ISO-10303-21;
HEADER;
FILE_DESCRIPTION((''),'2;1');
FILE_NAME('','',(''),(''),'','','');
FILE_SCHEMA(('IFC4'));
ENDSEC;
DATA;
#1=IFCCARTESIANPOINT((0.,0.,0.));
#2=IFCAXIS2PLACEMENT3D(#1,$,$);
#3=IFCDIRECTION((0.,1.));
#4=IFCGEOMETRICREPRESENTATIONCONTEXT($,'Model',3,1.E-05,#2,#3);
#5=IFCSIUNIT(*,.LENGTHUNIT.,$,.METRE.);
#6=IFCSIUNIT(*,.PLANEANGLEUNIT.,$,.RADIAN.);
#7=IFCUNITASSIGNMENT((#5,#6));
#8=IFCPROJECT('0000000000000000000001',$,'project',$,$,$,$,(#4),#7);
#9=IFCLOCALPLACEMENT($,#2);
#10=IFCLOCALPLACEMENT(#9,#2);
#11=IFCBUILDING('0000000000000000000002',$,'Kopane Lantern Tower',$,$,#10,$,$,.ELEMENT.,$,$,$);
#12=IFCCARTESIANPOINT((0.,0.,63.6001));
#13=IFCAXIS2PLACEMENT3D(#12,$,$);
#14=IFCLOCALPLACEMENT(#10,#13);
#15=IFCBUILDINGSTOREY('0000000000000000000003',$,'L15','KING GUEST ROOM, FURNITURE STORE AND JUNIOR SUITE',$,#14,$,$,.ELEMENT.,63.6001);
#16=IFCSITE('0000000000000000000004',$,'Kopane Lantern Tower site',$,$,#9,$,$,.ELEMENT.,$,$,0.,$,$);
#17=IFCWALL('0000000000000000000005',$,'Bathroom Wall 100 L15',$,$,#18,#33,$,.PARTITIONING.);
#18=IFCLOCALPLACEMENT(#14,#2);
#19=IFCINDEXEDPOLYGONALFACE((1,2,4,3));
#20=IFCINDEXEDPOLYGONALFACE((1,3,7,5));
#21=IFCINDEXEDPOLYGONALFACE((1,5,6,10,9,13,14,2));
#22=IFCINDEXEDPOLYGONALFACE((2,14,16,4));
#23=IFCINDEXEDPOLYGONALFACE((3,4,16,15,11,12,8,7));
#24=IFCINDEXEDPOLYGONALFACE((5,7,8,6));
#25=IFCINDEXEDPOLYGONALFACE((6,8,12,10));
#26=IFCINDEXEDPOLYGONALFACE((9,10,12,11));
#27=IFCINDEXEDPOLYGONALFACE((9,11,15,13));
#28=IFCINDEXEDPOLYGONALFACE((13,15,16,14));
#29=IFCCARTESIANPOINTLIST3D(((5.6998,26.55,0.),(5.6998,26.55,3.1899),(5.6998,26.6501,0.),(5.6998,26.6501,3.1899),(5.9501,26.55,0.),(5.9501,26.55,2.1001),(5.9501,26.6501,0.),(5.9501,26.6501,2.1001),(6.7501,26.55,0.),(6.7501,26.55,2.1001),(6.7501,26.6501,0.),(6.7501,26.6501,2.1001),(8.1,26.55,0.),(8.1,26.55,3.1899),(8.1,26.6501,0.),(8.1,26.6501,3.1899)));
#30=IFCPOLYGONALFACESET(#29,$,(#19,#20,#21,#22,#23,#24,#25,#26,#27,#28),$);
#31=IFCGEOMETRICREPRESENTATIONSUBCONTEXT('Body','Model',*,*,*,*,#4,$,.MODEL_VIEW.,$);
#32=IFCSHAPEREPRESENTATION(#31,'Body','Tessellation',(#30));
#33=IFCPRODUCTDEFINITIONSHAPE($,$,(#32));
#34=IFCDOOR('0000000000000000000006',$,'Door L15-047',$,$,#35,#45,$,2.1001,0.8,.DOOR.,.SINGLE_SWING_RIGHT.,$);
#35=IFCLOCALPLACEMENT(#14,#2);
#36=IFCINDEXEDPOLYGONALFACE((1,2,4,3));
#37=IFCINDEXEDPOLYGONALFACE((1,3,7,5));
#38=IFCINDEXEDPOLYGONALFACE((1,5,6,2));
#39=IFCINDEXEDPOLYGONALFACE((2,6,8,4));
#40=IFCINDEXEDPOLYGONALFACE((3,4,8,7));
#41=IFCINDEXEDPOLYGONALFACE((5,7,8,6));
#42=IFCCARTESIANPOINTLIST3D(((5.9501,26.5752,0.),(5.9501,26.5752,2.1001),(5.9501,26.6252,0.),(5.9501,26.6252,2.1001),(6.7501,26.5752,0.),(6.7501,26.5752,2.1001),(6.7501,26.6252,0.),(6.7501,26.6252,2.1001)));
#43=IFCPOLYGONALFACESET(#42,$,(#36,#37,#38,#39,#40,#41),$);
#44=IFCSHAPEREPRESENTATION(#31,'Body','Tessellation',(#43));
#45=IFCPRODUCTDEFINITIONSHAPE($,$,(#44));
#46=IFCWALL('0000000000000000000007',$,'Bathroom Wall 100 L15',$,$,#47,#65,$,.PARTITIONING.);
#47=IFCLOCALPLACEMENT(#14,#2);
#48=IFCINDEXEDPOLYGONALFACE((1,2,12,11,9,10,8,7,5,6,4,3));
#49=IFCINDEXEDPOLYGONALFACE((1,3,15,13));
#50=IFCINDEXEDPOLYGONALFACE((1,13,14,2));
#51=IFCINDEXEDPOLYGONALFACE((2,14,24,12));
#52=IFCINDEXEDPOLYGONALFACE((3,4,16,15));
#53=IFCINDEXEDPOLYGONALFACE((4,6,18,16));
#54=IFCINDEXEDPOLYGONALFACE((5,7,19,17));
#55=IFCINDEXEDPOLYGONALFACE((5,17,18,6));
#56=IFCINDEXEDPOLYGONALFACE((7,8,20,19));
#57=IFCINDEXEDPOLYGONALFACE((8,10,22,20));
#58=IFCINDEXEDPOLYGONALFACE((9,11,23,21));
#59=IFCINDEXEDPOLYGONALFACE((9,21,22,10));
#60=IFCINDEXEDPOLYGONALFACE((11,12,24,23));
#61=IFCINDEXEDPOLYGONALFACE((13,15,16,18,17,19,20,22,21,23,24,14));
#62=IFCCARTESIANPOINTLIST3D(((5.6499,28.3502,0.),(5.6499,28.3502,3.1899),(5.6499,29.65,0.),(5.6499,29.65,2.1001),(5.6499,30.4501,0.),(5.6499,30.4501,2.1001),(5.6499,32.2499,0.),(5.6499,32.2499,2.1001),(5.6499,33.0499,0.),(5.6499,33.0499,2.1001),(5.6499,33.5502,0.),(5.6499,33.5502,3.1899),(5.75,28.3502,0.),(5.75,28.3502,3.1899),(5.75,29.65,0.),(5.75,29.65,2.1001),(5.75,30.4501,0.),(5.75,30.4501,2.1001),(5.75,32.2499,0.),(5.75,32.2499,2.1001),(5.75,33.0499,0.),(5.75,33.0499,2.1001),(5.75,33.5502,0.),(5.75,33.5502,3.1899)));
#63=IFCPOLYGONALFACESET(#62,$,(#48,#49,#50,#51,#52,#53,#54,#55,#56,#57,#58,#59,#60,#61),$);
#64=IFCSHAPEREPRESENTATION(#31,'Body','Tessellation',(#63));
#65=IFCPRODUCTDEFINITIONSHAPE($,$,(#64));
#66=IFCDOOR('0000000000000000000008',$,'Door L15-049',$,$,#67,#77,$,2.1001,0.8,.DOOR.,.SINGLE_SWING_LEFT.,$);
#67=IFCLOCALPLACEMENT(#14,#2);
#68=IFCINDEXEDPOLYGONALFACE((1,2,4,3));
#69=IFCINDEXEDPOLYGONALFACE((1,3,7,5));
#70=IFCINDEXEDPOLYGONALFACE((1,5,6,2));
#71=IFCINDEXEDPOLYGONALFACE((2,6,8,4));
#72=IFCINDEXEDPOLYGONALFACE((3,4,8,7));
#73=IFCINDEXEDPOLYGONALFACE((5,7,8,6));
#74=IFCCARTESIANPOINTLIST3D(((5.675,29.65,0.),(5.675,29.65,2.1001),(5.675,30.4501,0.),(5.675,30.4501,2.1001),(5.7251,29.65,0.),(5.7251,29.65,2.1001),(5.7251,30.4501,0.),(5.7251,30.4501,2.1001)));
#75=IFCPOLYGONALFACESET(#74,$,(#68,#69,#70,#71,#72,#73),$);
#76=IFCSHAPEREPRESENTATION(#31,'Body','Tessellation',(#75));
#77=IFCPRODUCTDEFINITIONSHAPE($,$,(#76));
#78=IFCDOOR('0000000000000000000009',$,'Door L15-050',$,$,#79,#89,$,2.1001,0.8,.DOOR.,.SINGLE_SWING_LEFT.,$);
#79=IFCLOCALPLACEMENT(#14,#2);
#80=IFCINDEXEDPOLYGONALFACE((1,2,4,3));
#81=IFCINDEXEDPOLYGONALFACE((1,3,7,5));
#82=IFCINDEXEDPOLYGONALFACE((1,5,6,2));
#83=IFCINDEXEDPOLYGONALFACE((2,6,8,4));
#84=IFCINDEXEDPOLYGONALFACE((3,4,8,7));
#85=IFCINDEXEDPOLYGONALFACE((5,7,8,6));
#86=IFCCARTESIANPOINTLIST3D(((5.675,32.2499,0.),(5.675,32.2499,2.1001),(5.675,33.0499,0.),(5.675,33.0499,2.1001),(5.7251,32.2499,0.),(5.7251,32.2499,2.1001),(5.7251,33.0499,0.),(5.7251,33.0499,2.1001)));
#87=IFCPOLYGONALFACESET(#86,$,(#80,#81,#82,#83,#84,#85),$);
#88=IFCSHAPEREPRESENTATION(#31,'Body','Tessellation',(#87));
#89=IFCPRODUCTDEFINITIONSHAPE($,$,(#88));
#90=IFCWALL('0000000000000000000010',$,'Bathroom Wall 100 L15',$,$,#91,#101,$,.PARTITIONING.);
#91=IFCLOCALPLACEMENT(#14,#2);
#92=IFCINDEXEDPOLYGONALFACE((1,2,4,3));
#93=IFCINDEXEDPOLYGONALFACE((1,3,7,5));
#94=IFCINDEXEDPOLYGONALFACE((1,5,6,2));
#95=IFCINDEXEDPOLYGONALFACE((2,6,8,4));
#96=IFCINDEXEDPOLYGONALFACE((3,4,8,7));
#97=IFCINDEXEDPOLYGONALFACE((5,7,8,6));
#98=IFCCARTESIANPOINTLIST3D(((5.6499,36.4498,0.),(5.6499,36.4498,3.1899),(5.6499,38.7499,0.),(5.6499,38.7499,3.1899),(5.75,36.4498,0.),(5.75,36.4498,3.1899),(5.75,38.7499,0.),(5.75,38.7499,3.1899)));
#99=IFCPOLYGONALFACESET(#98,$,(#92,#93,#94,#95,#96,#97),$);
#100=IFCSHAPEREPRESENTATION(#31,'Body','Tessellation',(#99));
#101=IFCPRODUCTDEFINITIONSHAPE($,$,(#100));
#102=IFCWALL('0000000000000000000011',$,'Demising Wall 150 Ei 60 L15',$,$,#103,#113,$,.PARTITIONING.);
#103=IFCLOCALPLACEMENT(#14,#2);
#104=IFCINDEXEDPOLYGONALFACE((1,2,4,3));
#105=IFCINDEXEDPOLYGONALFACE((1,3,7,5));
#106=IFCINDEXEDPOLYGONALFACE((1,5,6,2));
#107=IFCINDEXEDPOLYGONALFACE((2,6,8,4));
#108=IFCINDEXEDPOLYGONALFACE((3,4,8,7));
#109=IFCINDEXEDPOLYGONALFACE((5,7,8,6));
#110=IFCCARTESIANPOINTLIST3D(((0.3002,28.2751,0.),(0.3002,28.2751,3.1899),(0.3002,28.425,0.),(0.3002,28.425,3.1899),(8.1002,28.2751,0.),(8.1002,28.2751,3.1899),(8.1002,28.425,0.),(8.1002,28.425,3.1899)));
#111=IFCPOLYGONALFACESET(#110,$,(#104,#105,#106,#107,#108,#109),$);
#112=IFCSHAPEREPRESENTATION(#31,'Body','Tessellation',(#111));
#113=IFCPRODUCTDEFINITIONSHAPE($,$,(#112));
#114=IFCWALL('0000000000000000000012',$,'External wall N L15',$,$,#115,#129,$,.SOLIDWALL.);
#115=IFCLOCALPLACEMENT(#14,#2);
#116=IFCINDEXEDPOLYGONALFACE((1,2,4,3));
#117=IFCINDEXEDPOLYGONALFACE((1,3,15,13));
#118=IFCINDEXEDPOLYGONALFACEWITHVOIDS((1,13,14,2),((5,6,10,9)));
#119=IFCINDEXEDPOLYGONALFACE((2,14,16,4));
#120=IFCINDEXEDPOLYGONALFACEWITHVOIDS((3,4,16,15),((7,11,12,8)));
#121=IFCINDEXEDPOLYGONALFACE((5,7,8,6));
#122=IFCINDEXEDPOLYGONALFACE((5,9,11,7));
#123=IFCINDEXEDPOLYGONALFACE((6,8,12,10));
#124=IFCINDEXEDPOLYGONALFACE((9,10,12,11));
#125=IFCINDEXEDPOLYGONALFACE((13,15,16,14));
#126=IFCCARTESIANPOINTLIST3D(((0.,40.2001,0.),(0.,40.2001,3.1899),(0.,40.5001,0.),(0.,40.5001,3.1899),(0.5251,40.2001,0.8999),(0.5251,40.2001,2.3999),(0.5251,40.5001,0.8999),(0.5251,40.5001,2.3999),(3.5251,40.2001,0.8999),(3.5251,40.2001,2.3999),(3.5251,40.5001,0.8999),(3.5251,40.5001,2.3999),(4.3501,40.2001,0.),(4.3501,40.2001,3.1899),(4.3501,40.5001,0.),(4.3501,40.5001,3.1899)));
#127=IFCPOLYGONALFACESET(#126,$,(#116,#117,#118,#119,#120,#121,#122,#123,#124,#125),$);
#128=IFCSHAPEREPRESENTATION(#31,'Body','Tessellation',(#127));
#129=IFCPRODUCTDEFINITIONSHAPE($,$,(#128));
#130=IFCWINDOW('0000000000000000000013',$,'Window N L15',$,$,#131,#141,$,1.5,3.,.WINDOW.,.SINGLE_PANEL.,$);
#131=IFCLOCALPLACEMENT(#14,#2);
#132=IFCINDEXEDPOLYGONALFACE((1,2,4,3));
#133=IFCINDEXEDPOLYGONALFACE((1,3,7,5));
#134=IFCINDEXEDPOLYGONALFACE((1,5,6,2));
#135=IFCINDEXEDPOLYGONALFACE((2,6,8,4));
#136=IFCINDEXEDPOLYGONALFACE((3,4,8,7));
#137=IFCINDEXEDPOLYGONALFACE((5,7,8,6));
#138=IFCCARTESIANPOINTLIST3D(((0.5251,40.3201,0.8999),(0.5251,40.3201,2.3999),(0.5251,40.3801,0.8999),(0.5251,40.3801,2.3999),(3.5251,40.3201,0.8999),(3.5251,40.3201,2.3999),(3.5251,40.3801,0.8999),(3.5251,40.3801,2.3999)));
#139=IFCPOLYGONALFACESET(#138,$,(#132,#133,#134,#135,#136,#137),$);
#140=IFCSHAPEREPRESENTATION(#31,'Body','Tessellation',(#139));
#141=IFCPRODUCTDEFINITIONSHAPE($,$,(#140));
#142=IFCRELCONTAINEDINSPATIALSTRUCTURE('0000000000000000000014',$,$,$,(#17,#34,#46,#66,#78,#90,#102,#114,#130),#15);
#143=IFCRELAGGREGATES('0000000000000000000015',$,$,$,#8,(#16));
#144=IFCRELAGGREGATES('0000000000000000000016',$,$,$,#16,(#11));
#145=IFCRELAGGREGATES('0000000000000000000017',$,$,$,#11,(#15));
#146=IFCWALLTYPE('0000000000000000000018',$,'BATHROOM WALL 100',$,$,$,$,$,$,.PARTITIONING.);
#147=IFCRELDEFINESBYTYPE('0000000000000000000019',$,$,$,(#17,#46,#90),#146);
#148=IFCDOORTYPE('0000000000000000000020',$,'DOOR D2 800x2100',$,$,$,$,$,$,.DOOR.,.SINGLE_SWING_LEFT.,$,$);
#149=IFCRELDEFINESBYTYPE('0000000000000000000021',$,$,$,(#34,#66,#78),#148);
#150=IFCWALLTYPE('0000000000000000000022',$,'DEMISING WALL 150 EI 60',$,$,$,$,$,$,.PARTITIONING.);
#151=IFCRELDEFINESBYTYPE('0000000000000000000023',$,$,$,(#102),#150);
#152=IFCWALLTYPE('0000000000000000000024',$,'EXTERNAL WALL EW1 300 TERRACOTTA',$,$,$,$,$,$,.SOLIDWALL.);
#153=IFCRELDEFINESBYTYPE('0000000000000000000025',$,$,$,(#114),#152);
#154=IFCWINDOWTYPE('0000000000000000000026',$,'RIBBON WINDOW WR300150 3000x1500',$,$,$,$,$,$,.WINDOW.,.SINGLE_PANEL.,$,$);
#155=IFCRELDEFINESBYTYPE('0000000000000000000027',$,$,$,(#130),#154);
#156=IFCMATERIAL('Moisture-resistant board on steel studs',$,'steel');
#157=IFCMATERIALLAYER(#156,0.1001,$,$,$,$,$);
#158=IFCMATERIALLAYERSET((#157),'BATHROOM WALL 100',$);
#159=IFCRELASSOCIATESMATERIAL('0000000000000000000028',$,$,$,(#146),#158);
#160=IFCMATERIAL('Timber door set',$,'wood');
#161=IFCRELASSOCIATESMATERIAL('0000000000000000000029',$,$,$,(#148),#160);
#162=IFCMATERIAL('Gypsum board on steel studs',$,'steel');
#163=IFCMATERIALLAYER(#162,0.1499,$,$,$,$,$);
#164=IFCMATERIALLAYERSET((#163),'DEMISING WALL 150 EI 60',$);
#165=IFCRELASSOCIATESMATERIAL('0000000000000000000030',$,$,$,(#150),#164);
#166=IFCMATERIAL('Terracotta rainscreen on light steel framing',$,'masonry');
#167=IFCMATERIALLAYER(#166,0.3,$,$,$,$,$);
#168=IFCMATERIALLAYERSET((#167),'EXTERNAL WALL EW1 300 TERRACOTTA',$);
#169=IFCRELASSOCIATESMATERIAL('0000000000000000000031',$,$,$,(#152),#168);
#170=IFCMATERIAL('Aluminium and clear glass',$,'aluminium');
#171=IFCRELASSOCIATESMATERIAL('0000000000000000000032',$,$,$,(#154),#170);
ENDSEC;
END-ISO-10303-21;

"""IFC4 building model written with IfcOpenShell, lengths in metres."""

from ifc_helpers import new_model, si_unit, direction, frame, frame_2d, origin, place, context, subcontext, project, spatial, rectangle, extrude, material, layer, layer_set, type_object, element, fill, save


model = new_model("IFC4")

# Units and contexts
model_context = context("Model", 3, precision=1e-05, world=origin(), true_north=direction((0.0, 1.0)))
body_context = subcontext(model_context, "Body", "Model", "MODEL_VIEW")
ifc_project = project(units=[si_unit("LENGTHUNIT", "METRE"), si_unit("PLANEANGLEUNIT", "RADIAN")], contexts=[model_context])

# Site, building, storey
site_placement = place(None, origin())
site = spatial("IfcSite", under=ifc_project, at=site_placement, Name="Kopane Lantern Tower site", CompositionType="ELEMENT", RefElevation=0.0)
building_placement = place(site_placement, origin())
building = spatial("IfcBuilding", under=site, at=building_placement, Name="Kopane Lantern Tower", CompositionType="ELEMENT")
storey_placement = place(building_placement, frame((0.0, 0.0, 63.6001)))
storey = spatial("IfcBuildingStorey", under=building, at=storey_placement, Name="L15", Description="KING GUEST ROOM, FURNITURE STORE AND JUNIOR SUITE", CompositionType="ELEMENT", Elevation=63.6001)

# Wall, opening, door
ifc_material_1 = material(Name="Moisture-resistant board on steel studs", Category="steel")
ifc_layer_1 = layer(ifc_material_1, 0.1001)
ifc_layer_set_1 = layer_set([ifc_layer_1], Name="BATHROOM WALL 100")
wall_type_1 = type_object("IfcWallType", Name="BATHROOM WALL 100", PredefinedType="PARTITIONING", material=ifc_layer_set_1)
wall_1_placement = place(storey_placement, frame((8.1001, 26.6001, 0.0), z_axis=(0.0, 0.0, 1.0), x_axis=(-1.0, 0.0, 0.0)))
wall_1 = element("IfcWall", 1, at=wall_1_placement, inside=storey, type_object=wall_type_1, Name="Bathroom Wall 100 L15", PredefinedType="PARTITIONING", context=body_context, shape_type="SweptSolid", body=[
    extrude(rectangle(XDim=2.4001, YDim=0.1001, at=frame_2d((1.2002, 0.0))), origin(), (0.0, 0.0, 1.0), 3.1899),
])
opening_1_placement = place(wall_1_placement, frame((1.3501, 0.0, 0.0)))
opening_1 = element("IfcOpeningElement", 2, at=opening_1_placement, cuts=wall_1, PredefinedType="OPENING", context=body_context, shape_type="SweptSolid", body=[
    extrude(rectangle(XDim=0.8, YDim=2.1001, at=frame_2d((0.3999, 1.05))), frame((0.0, 0.0601, 0.0), z_axis=(0.0, -1.0, 0.0), x_axis=(1.0, 0.0, 0.0)), (0.0, 0.0, 1.0), 0.1201),
])
ifc_material_2 = material(Name="Timber door set", Category="wood")
door_type = type_object("IfcDoorType", Name="DOOR D2 800x2100", OperationType="SINGLE_SWING_LEFT", PredefinedType="DOOR", material=ifc_material_2)
door_1_placement = place(opening_1_placement, origin())
door_1 = element("IfcDoor", 3, at=door_1_placement, inside=storey, type_object=door_type, Name="Door L15-047", OperationType="SINGLE_SWING_RIGHT", OverallHeight=2.1001, OverallWidth=0.8, PredefinedType="DOOR", context=body_context, shape_type="SweptSolid", body=[
    extrude(rectangle(XDim=0.8, YDim=2.1001, at=frame_2d((0.3999, 1.05))), frame((0.0, 0.0249, 0.0), z_axis=(0.0, -1.0, 0.0), x_axis=(1.0, 0.0, 0.0)), (0.0, 0.0, 1.0), 0.05),
])
fill(opening_1, door_1)

# Wall, openings, doors
wall_2_placement = place(storey_placement, frame((5.7, 28.3501, 0.0), z_axis=(0.0, 0.0, 1.0), x_axis=(0.0, 1.0, 0.0)))
wall_2 = element("IfcWall", 4, at=wall_2_placement, inside=storey, type_object=wall_type_1, Name="Bathroom Wall 100 L15", PredefinedType="PARTITIONING", context=body_context, shape_type="SweptSolid", body=[
    extrude(rectangle(XDim=5.2, YDim=0.1001, at=frame_2d((2.6001, 0.0))), origin(), (0.0, 0.0, 1.0), 3.1899),
])
opening_2_placement = place(wall_2_placement, frame((1.3, 0.0, 0.0)))
opening_2 = element("IfcOpeningElement", 5, at=opening_2_placement, cuts=wall_2, PredefinedType="OPENING", context=body_context, shape_type="SweptSolid", body=[
    extrude(rectangle(XDim=0.8, YDim=2.1001, at=frame_2d((0.3999, 1.05))), frame((0.0, 0.0601, 0.0), z_axis=(0.0, -1.0, 0.0), x_axis=(1.0, 0.0, 0.0)), (0.0, 0.0, 1.0), 0.1201),
])
opening_3_placement = place(wall_2_placement, frame((3.8999, 0.0, 0.0)))
opening_3 = element("IfcOpeningElement", 6, at=opening_3_placement, cuts=wall_2, PredefinedType="OPENING", context=body_context, shape_type="SweptSolid", body=[
    extrude(rectangle(XDim=0.8, YDim=2.1001, at=frame_2d((0.3999, 1.05))), frame((0.0, 0.0601, 0.0), z_axis=(0.0, -1.0, 0.0), x_axis=(1.0, 0.0, 0.0)), (0.0, 0.0, 1.0), 0.1201),
])
door_2_placement = place(opening_2_placement, origin())
door_2 = element("IfcDoor", 7, at=door_2_placement, inside=storey, type_object=door_type, Name="Door L15-049", OperationType="SINGLE_SWING_LEFT", OverallHeight=2.1001, OverallWidth=0.8, PredefinedType="DOOR", context=body_context, shape_type="SweptSolid", body=[
    extrude(rectangle(XDim=0.8, YDim=2.1001, at=frame_2d((0.3999, 1.05))), frame((0.0, 0.0249, 0.0), z_axis=(0.0, -1.0, 0.0), x_axis=(1.0, 0.0, 0.0)), (0.0, 0.0, 1.0), 0.05),
])
fill(opening_2, door_2)
door_3_placement = place(opening_3_placement, origin())
door_3 = element("IfcDoor", 8, at=door_3_placement, inside=storey, type_object=door_type, Name="Door L15-050", OperationType="SINGLE_SWING_LEFT", OverallHeight=2.1001, OverallWidth=0.8, PredefinedType="DOOR", context=body_context, shape_type="SweptSolid", body=[
    extrude(rectangle(XDim=0.8, YDim=2.1001, at=frame_2d((0.3999, 1.05))), frame((0.0, 0.0249, 0.0), z_axis=(0.0, -1.0, 0.0), x_axis=(1.0, 0.0, 0.0)), (0.0, 0.0, 1.0), 0.05),
])
fill(opening_3, door_3)

# Walls
wall_3_placement = place(storey_placement, frame((5.7, 36.45, 0.0), z_axis=(0.0, 0.0, 1.0), x_axis=(0.0, 1.0, 0.0)))
element("IfcWall", 9, at=wall_3_placement, inside=storey, type_object=wall_type_1, Name="Bathroom Wall 100 L15", PredefinedType="PARTITIONING", context=body_context, shape_type="SweptSolid", body=[
    extrude(rectangle(XDim=2.3, YDim=0.1001, at=frame_2d((1.1499, 0.0))), origin(), (0.0, 0.0, 1.0), 3.1899),
])
ifc_material_3 = material(Name="Gypsum board on steel studs", Category="steel")
ifc_layer_2 = layer(ifc_material_3, 0.1499)
ifc_layer_set_2 = layer_set([ifc_layer_2], Name="DEMISING WALL 150 EI 60")
wall_type_2 = type_object("IfcWallType", Name="DEMISING WALL 150 EI 60", PredefinedType="PARTITIONING", material=ifc_layer_set_2)
wall_4_placement = place(storey_placement, frame((8.1001, 28.3501, 0.0), z_axis=(0.0, 0.0, 1.0), x_axis=(-1.0, 0.0, 0.0)))
element("IfcWall", 10, at=wall_4_placement, inside=storey, type_object=wall_type_2, Name="Demising Wall 150 Ei 60 L15", PredefinedType="PARTITIONING", context=body_context, shape_type="SweptSolid", body=[
    extrude(rectangle(XDim=7.8, YDim=0.1499, at=frame_2d((3.8999, 0.0))), origin(), (0.0, 0.0, 1.0), 3.1899),
])

# Wall, opening, window
ifc_material_4 = material(Name="Terracotta rainscreen on light steel framing", Category="masonry")
ifc_layer_3 = layer(ifc_material_4, 0.3)
ifc_layer_set_3 = layer_set([ifc_layer_3], Name="EXTERNAL WALL EW1 300 TERRACOTTA")
wall_type_3 = type_object("IfcWallType", Name="EXTERNAL WALL EW1 300 TERRACOTTA", PredefinedType="SOLIDWALL", material=ifc_layer_set_3)
wall_5_placement = place(storey_placement, frame((4.3501, 40.3501, 0.0), z_axis=(0.0, 0.0, 1.0), x_axis=(-1.0, 0.0, 0.0)))
wall_5 = element("IfcWall", 11, at=wall_5_placement, inside=storey, type_object=wall_type_3, Name="External wall N L15", PredefinedType="SOLIDWALL", context=body_context, shape_type="SweptSolid", body=[
    extrude(rectangle(XDim=4.3501, YDim=0.3, at=frame_2d((2.175, 0.0))), origin(), (0.0, 0.0, 1.0), 3.1899),
])
opening_4_placement = place(wall_5_placement, frame((0.825, 0.0, 0.8999)))
opening_4 = element("IfcOpeningElement", 12, at=opening_4_placement, cuts=wall_5, PredefinedType="OPENING", context=body_context, shape_type="SweptSolid", body=[
    extrude(rectangle(XDim=3.0, YDim=1.5, at=frame_2d((1.5, 0.75))), frame((0.0, 0.1599, 0.0), z_axis=(0.0, -1.0, 0.0), x_axis=(1.0, 0.0, 0.0)), (0.0, 0.0, 1.0), 0.3201),
])
ifc_material_5 = material(Name="Aluminium and clear glass", Category="aluminium")
window_type_1 = type_object("IfcWindowType", Name="RIBBON WINDOW WR300150 3000x1500", PartitioningType="SINGLE_PANEL", PredefinedType="WINDOW", material=ifc_material_5)
window_1_placement = place(opening_4_placement, origin())
window_1 = element("IfcWindow", 13, at=window_1_placement, inside=storey, type_object=window_type_1, Name="Window N L15", OverallHeight=1.5, OverallWidth=3.0, PartitioningType="SINGLE_PANEL", PredefinedType="WINDOW", context=body_context, shape_type="SweptSolid", body=[
    extrude(rectangle(XDim=3.0, YDim=1.5, at=frame_2d((1.5, 0.75))), frame((0.0, 0.03, 0.0), z_axis=(0.0, -1.0, 0.0), x_axis=(1.0, 0.0, 0.0)), (0.0, 0.0, 1.0), 0.0601),
])
fill(opening_4, window_1)

save(model, "model.ifc")
